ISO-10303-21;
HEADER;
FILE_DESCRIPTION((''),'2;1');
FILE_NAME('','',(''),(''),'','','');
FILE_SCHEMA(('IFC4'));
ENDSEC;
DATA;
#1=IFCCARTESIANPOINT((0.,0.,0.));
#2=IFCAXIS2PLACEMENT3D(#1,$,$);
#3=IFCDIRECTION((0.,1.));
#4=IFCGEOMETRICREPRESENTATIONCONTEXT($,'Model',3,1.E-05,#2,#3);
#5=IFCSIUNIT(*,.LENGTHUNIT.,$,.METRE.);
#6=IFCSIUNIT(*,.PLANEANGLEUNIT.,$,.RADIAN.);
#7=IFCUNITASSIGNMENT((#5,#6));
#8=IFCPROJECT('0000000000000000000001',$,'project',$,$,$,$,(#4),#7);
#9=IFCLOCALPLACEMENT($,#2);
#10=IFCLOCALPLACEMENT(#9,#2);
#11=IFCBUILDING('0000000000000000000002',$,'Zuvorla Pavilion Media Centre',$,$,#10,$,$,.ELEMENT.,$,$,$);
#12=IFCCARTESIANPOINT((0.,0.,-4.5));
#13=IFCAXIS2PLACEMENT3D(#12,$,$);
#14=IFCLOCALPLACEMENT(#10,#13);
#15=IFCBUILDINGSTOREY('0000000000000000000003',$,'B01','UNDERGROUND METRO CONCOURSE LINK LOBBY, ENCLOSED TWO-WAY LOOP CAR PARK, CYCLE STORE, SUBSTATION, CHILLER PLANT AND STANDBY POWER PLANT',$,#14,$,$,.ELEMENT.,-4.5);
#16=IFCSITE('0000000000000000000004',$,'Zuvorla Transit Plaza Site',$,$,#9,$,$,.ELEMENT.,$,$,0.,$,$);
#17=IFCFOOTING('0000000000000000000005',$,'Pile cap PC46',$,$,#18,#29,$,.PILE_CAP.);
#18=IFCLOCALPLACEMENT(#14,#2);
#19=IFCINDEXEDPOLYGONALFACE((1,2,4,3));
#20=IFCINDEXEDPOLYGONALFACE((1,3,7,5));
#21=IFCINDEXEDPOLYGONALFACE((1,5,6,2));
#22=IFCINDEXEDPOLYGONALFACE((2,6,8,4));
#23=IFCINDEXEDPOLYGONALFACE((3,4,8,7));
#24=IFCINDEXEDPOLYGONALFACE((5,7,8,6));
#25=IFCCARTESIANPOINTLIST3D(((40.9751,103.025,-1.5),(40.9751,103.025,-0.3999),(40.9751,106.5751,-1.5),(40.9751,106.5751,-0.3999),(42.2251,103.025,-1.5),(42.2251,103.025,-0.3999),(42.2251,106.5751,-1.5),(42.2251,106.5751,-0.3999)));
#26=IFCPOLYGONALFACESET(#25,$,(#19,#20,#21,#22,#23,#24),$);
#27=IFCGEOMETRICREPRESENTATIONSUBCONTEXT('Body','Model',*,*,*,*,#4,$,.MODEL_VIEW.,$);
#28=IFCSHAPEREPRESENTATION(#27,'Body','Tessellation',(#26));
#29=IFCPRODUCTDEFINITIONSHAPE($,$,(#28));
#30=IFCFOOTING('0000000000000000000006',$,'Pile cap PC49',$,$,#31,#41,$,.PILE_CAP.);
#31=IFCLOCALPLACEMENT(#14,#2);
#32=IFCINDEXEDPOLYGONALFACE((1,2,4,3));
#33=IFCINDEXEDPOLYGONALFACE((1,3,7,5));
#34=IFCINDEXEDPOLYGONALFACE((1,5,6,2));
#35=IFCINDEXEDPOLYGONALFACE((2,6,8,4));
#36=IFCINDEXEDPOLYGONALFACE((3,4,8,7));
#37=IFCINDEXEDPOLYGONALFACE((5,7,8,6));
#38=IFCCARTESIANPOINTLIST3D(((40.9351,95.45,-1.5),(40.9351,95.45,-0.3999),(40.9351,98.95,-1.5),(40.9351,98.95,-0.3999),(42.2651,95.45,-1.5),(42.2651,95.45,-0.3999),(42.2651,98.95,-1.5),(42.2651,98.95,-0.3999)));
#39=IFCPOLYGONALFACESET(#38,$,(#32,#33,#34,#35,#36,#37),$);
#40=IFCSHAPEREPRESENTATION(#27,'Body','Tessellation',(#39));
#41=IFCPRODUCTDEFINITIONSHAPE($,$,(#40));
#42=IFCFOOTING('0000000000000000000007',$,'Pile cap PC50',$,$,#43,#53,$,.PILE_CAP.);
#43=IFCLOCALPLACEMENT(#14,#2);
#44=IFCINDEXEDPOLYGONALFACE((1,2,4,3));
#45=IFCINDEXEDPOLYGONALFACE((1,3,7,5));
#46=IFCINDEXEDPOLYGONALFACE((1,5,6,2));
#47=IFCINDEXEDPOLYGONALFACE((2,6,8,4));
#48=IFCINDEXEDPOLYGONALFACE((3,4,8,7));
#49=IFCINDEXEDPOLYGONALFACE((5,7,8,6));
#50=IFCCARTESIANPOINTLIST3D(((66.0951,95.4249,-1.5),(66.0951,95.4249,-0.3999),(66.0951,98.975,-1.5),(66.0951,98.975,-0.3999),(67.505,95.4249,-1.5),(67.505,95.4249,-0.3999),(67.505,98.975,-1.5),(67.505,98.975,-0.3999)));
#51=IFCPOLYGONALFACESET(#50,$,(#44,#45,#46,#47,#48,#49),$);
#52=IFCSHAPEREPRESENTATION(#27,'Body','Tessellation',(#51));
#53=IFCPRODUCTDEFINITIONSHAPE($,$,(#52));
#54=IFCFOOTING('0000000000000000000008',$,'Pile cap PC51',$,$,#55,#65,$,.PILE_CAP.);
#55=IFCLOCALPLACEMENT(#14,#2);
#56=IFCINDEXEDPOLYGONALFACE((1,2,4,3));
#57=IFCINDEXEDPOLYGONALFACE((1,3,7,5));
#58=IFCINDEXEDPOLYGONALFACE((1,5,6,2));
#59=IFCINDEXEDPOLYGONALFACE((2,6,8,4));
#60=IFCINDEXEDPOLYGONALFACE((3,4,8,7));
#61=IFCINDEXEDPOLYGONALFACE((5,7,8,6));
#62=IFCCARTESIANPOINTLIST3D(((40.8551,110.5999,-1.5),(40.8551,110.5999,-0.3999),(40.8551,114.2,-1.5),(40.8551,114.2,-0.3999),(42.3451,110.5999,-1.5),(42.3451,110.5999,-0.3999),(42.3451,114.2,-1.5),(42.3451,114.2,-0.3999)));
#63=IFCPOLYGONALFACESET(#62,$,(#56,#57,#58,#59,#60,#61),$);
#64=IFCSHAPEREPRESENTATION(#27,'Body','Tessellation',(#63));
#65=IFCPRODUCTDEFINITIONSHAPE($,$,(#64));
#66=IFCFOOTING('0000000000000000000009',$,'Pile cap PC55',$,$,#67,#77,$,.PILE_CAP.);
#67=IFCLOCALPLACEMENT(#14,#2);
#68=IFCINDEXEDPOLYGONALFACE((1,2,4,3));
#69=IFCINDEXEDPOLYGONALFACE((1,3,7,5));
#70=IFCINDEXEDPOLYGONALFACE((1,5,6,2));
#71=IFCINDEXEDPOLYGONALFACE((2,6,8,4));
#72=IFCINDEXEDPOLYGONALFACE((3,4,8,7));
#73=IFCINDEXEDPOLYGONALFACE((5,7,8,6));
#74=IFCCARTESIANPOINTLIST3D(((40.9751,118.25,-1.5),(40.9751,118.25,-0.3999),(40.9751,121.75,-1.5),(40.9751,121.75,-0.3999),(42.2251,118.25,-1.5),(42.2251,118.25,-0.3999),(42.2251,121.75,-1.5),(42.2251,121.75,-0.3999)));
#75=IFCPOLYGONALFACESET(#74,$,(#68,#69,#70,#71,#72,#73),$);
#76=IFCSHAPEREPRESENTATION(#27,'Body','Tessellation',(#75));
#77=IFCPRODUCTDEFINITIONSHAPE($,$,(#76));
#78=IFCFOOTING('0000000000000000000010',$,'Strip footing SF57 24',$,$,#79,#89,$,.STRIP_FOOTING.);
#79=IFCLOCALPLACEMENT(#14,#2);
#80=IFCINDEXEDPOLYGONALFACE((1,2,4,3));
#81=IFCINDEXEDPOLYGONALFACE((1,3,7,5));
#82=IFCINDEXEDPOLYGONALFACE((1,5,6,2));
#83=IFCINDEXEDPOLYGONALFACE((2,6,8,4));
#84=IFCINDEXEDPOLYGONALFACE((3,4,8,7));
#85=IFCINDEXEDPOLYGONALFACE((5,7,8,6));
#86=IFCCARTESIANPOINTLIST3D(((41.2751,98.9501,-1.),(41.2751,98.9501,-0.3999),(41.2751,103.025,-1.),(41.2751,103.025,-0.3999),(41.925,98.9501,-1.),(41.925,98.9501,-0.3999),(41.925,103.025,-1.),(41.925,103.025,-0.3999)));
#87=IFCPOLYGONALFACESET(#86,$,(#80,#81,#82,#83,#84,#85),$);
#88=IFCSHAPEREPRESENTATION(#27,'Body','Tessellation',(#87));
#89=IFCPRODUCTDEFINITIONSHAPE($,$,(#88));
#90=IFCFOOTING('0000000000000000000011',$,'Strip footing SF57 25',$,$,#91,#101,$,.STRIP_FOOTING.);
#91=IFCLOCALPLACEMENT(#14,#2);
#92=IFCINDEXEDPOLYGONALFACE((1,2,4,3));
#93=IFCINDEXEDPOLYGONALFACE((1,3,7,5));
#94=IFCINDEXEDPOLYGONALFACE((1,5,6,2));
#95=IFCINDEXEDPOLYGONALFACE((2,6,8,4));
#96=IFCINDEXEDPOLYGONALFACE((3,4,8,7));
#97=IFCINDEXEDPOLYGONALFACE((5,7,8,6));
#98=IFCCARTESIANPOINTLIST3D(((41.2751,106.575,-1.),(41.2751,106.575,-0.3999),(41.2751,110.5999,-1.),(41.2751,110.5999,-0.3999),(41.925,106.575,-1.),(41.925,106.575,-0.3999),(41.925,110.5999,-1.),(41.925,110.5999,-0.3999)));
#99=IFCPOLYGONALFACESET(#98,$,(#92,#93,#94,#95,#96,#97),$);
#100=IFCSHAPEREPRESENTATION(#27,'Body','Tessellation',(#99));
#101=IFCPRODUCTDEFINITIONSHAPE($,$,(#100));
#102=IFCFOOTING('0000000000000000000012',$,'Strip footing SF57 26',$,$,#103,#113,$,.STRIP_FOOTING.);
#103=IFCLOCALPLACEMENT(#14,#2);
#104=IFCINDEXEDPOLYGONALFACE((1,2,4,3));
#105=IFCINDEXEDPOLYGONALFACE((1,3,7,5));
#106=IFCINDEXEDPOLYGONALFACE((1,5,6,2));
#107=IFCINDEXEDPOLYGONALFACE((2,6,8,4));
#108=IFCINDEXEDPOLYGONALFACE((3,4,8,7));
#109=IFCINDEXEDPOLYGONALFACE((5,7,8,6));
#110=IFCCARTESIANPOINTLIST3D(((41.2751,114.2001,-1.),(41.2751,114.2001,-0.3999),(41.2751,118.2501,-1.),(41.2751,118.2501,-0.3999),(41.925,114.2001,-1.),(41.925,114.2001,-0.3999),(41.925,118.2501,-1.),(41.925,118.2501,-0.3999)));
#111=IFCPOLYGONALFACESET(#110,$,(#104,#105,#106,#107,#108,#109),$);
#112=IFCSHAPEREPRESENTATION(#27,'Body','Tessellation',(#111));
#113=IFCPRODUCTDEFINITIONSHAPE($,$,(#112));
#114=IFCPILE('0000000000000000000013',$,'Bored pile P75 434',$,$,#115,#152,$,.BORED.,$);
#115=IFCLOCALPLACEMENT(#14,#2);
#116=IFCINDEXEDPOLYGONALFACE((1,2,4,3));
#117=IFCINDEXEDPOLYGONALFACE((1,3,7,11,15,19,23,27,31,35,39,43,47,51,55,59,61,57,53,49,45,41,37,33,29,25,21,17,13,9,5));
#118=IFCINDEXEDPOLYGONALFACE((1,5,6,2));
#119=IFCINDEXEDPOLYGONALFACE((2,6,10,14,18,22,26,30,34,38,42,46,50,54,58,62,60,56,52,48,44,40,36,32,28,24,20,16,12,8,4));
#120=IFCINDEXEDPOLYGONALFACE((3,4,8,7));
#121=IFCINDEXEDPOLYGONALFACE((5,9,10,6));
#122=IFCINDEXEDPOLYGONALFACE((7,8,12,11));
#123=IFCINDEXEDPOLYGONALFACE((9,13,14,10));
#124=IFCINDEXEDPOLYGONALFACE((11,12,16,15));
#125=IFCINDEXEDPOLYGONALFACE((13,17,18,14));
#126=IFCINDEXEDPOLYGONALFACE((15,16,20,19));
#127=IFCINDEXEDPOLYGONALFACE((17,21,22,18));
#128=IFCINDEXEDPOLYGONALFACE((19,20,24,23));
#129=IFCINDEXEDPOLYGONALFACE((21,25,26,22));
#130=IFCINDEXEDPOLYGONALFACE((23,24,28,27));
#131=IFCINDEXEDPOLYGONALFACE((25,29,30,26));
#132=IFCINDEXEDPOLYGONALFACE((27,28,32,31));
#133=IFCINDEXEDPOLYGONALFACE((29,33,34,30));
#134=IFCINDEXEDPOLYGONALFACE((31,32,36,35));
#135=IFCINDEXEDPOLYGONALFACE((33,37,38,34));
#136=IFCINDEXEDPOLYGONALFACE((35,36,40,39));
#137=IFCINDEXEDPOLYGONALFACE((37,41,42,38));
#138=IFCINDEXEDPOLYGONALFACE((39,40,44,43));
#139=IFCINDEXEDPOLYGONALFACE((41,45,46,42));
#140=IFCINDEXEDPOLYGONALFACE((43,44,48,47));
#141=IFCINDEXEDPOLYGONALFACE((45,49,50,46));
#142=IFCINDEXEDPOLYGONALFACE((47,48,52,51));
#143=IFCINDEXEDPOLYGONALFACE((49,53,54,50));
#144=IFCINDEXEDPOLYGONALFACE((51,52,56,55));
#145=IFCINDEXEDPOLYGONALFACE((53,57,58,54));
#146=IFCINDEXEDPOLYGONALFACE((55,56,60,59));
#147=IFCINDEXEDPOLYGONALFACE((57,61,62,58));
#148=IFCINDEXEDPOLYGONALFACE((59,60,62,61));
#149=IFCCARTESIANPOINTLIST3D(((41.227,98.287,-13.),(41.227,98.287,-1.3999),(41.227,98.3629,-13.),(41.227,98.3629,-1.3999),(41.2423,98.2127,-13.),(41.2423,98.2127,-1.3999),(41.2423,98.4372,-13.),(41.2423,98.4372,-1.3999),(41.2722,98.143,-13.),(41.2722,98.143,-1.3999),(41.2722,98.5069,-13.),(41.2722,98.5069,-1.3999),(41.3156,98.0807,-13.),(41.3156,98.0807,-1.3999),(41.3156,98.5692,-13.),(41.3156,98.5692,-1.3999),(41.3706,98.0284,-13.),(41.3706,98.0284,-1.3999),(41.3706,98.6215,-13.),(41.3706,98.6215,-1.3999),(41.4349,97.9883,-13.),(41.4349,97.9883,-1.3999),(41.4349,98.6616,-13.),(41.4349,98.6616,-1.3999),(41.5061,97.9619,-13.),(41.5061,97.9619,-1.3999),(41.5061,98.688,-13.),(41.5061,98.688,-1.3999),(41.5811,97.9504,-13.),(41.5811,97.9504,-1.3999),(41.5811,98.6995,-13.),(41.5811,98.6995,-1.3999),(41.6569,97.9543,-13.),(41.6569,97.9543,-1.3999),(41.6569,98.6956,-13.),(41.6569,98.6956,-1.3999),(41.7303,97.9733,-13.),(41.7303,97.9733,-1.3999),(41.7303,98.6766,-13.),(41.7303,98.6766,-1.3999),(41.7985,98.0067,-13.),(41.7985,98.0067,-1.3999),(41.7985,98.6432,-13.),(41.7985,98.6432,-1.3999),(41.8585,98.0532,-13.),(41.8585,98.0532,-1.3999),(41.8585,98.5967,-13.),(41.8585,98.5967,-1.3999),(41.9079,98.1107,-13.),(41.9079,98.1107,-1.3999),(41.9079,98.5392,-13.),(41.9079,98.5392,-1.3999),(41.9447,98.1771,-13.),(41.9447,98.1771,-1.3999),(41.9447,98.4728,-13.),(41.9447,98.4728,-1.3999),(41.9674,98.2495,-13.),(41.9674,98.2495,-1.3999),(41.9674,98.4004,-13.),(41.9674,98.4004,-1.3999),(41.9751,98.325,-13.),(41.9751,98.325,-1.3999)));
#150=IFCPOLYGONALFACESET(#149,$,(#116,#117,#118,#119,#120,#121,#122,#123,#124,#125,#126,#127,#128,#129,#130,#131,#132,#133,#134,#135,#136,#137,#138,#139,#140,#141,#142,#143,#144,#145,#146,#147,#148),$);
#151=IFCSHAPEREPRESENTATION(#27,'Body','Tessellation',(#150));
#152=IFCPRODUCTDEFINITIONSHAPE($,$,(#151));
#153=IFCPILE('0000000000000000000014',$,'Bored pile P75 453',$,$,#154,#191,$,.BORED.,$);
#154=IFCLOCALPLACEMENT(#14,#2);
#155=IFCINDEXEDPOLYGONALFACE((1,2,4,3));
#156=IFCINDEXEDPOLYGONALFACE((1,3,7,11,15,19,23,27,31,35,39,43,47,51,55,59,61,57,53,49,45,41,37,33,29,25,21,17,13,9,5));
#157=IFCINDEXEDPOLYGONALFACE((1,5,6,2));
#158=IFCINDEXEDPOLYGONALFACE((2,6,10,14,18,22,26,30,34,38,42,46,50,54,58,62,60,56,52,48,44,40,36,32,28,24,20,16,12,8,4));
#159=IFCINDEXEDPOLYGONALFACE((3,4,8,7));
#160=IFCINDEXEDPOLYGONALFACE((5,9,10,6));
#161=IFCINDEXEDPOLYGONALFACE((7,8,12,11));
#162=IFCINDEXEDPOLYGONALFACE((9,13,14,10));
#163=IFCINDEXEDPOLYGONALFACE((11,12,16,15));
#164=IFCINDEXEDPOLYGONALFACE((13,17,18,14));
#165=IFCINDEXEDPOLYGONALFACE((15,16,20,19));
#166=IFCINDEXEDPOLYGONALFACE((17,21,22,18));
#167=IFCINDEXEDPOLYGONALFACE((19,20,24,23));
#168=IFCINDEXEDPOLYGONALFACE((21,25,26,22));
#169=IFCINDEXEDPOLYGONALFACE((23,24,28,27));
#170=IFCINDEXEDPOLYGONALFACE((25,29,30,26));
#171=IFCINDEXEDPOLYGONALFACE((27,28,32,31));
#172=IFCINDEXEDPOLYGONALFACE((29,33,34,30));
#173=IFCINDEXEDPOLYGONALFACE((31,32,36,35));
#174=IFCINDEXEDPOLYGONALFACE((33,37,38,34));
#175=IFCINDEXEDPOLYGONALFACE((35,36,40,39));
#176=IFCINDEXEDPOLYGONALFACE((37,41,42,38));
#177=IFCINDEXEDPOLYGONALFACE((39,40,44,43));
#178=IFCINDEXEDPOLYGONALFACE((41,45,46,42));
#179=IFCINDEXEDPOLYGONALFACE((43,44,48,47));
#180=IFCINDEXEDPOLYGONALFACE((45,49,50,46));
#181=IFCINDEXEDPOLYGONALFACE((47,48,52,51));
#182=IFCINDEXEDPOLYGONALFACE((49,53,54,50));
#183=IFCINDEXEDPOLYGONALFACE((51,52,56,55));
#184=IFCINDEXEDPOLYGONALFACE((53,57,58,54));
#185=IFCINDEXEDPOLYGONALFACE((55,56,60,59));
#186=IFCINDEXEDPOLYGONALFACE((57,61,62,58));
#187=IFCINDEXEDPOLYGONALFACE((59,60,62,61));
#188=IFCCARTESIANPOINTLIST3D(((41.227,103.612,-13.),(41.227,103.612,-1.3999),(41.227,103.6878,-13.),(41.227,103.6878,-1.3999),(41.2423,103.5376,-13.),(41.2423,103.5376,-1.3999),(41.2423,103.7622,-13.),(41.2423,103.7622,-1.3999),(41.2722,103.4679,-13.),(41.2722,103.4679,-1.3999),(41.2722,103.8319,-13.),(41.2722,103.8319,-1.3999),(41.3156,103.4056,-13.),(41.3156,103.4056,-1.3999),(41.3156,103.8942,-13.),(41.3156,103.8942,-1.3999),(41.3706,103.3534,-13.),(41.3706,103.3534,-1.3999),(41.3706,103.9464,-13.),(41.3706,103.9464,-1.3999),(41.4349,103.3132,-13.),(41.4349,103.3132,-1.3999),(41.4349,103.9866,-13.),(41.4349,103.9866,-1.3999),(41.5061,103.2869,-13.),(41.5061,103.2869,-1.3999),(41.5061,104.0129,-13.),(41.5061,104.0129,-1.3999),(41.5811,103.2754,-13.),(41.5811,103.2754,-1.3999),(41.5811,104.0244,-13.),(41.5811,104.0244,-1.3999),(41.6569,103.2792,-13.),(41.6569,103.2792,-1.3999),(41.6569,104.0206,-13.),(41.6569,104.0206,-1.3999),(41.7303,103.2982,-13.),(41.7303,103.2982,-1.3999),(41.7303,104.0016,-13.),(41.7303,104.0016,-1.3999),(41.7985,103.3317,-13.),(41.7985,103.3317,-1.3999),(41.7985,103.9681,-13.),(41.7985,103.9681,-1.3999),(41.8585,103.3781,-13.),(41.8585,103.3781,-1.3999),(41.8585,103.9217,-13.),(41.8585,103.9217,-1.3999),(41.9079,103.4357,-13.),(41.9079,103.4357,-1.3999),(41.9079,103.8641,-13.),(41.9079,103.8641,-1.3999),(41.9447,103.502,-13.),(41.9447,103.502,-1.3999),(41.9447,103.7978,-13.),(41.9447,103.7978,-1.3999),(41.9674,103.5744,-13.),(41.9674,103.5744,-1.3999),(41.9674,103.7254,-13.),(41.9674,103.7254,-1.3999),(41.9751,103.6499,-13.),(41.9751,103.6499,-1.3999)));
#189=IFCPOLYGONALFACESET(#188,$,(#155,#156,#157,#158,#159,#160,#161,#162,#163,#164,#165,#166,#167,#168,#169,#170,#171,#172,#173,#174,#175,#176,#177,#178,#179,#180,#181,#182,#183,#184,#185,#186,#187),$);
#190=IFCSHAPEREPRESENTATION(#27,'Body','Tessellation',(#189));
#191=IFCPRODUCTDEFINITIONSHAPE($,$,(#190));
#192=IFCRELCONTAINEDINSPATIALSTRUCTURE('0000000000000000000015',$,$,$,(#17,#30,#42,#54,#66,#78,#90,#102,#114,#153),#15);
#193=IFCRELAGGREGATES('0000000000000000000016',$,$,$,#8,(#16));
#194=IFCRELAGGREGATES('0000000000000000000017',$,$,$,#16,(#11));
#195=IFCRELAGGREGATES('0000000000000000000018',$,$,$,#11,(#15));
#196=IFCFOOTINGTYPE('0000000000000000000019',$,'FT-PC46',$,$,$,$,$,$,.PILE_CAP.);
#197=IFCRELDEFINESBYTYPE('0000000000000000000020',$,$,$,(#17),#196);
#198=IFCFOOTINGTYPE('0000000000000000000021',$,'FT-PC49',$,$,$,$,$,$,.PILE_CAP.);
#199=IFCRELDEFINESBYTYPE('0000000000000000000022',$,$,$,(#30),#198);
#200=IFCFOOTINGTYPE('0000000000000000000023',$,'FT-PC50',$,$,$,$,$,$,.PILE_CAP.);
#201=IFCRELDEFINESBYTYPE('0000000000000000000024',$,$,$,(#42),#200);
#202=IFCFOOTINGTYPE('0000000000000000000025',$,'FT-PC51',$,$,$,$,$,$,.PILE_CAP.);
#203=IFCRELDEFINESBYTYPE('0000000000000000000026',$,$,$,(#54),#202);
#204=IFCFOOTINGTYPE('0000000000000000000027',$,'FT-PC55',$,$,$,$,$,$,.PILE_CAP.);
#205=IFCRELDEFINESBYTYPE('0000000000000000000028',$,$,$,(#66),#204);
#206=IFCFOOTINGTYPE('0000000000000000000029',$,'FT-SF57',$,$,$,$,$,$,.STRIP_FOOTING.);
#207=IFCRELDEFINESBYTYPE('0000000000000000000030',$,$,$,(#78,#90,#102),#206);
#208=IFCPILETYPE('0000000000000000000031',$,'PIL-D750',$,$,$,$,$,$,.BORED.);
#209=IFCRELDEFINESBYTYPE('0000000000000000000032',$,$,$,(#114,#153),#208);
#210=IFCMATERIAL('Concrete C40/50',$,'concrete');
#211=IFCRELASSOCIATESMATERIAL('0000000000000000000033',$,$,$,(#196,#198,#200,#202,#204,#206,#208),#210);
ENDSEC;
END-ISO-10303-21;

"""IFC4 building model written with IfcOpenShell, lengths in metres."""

from ifc_helpers import new_model, si_unit, direction, frame, origin, origin_2d, place, context, subcontext, project, spatial, rectangle, circle, extrude, material, material_profile, profile_set, type_object, element, save


model = new_model("IFC4")

# Units and contexts
model_context = context("Model", 3, precision=1e-05, world=origin(), true_north=direction((0.0, 1.0)))
body_context = subcontext(model_context, "Body", "Model", "MODEL_VIEW")
ifc_project = project(units=[si_unit("LENGTHUNIT", "METRE"), si_unit("PLANEANGLEUNIT", "RADIAN")], contexts=[model_context])

# Site, building, storey
site_placement = place(None, origin())
site = spatial("IfcSite", under=ifc_project, at=site_placement, Name="Zuvorla Transit Plaza Site", CompositionType="ELEMENT", RefElevation=0.0)
building_placement = place(site_placement, origin())
building = spatial("IfcBuilding", under=site, at=building_placement, Name="Zuvorla Pavilion Media Centre", CompositionType="ELEMENT")
storey_placement = place(building_placement, frame((0.0, 0.0, -4.5)))
storey = spatial("IfcBuildingStorey", under=building, at=storey_placement, Name="B01", Description="UNDERGROUND METRO CONCOURSE LINK LOBBY, ENCLOSED TWO-WAY LOOP CAR PARK, CYCLE STORE, SUBSTATION, CHILLER PLANT AND STANDBY POWER PLANT", CompositionType="ELEMENT", Elevation=-4.5)

# Footings
ifc_material_1 = material(Name="Concrete C40/50", Category="concrete")
footing_type_1 = type_object("IfcFootingType", Name="FT-PC46", PredefinedType="PILE_CAP", material=ifc_material_1)
footing_1_placement = place(storey_placement, frame((41.6001, 104.8, -1.5), z_axis=(0.0, 0.0, 1.0), x_axis=(1.0, 0.0, 0.0)))
element("IfcFooting", 1, at=footing_1_placement, inside=storey, type_object=footing_type_1, Name="Pile cap PC46", PredefinedType="PILE_CAP", context=body_context, shape_type="SweptSolid", body=[
    extrude(rectangle(XDim=1.25, YDim=3.55, at=origin_2d()), origin(), (0.0, 0.0, 1.0), 1.1001),
])
footing_type_2 = type_object("IfcFootingType", Name="FT-PC49", PredefinedType="PILE_CAP", material=ifc_material_1)
footing_2_placement = place(storey_placement, frame((41.6001, 97.2, -1.5), z_axis=(0.0, 0.0, 1.0), x_axis=(1.0, 0.0, 0.0)))
element("IfcFooting", 2, at=footing_2_placement, inside=storey, type_object=footing_type_2, Name="Pile cap PC49", PredefinedType="PILE_CAP", context=body_context, shape_type="SweptSolid", body=[
    extrude(rectangle(XDim=1.3301, YDim=3.5, at=origin_2d()), origin(), (0.0, 0.0, 1.0), 1.1001),
])
footing_type_3 = type_object("IfcFootingType", Name="FT-PC50", PredefinedType="PILE_CAP", material=ifc_material_1)
footing_3_placement = place(storey_placement, frame((66.8, 97.2, -1.5), z_axis=(0.0, 0.0, 1.0), x_axis=(1.0, 0.0, 0.0)))
element("IfcFooting", 3, at=footing_3_placement, inside=storey, type_object=footing_type_3, Name="Pile cap PC50", PredefinedType="PILE_CAP", context=body_context, shape_type="SweptSolid", body=[
    extrude(rectangle(XDim=1.4099, YDim=3.55, at=origin_2d()), origin(), (0.0, 0.0, 1.0), 1.1001),
])
footing_type_4 = type_object("IfcFootingType", Name="FT-PC51", PredefinedType="PILE_CAP", material=ifc_material_1)
footing_4_placement = place(storey_placement, frame((41.6001, 112.3999, -1.5), z_axis=(0.0, 0.0, 1.0), x_axis=(1.0, 0.0, 0.0)))
element("IfcFooting", 4, at=footing_4_placement, inside=storey, type_object=footing_type_4, Name="Pile cap PC51", PredefinedType="PILE_CAP", context=body_context, shape_type="SweptSolid", body=[
    extrude(rectangle(XDim=1.49, YDim=3.6001, at=origin_2d()), origin(), (0.0, 0.0, 1.0), 1.1001),
])
footing_type_5 = type_object("IfcFootingType", Name="FT-PC55", PredefinedType="PILE_CAP", material=ifc_material_1)
footing_5_placement = place(storey_placement, frame((41.6001, 120.0, -1.5), z_axis=(0.0, 0.0, 1.0), x_axis=(1.0, 0.0, 0.0)))
element("IfcFooting", 5, at=footing_5_placement, inside=storey, type_object=footing_type_5, Name="Pile cap PC55", PredefinedType="PILE_CAP", context=body_context, shape_type="SweptSolid", body=[
    extrude(rectangle(XDim=1.25, YDim=3.5, at=origin_2d()), origin(), (0.0, 0.0, 1.0), 1.1001),
])
footing_type_6 = type_object("IfcFootingType", Name="FT-SF57", PredefinedType="STRIP_FOOTING", material=ifc_material_1)
footing_6_placement = place(storey_placement, frame((41.6001, 100.9875, -1.0), z_axis=(0.0, 0.0, 1.0), x_axis=(0.0, 1.0, 0.0)))
element("IfcFooting", 6, at=footing_6_placement, inside=storey, type_object=footing_type_6, Name="Strip footing SF57 24", PredefinedType="STRIP_FOOTING", context=body_context, shape_type="SweptSolid", body=[
    extrude(rectangle(XDim=4.075, YDim=0.6499, at=origin_2d()), origin(), (0.0, 0.0, 1.0), 0.6001),
])
footing_7_placement = place(storey_placement, frame((41.6001, 108.5874, -1.0), z_axis=(0.0, 0.0, 1.0), x_axis=(0.0, 1.0, 0.0)))
element("IfcFooting", 7, at=footing_7_placement, inside=storey, type_object=footing_type_6, Name="Strip footing SF57 25", PredefinedType="STRIP_FOOTING", context=body_context, shape_type="SweptSolid", body=[
    extrude(rectangle(XDim=4.0249, YDim=0.6499, at=origin_2d()), origin(), (0.0, 0.0, 1.0), 0.6001),
])
footing_8_placement = place(storey_placement, frame((41.6001, 116.2251, -1.0), z_axis=(0.0, 0.0, 1.0), x_axis=(0.0, 1.0, 0.0)))
element("IfcFooting", 8, at=footing_8_placement, inside=storey, type_object=footing_type_6, Name="Strip footing SF57 26", PredefinedType="STRIP_FOOTING", context=body_context, shape_type="SweptSolid", body=[
    extrude(rectangle(XDim=4.05, YDim=0.6499, at=origin_2d()), origin(), (0.0, 0.0, 1.0), 0.6001),
])

# Piles
ifc_material_profile_1 = material_profile(ifc_material_1, circle(Radius=0.375, at=origin_2d()), Name="BORED PILE 750")
ifc_profile_set_1 = profile_set([ifc_material_profile_1], Name="Concrete C40/50")
pile_type = type_object("IfcPileType", Name="PIL-D750", PredefinedType="BORED", material=ifc_profile_set_1)
for number, where, z_axis, x_axis, name in (
    (9, (41.6001, 98.325, -1.3999), (0.0, 0.0, -1.0), (1.0, 0.0, 0.0), "Bored pile P75 434"),
    (10, (41.6001, 103.6499, -1.3999), (0.0, 0.0, -1.0), (1.0, 0.0, 0.0), "Bored pile P75 453"),
):
    element("IfcPile", number, at=place(storey_placement, frame(where, z_axis=z_axis, x_axis=x_axis)), inside=storey, type_object=pile_type, Name=name, PredefinedType="BORED", context=body_context, shape_type="SweptSolid", body=[
        extrude(circle(Radius=0.375, at=origin_2d()), origin(), (0.0, 0.0, 1.0), 11.6001),
    ])

save(model, "model.ifc")
